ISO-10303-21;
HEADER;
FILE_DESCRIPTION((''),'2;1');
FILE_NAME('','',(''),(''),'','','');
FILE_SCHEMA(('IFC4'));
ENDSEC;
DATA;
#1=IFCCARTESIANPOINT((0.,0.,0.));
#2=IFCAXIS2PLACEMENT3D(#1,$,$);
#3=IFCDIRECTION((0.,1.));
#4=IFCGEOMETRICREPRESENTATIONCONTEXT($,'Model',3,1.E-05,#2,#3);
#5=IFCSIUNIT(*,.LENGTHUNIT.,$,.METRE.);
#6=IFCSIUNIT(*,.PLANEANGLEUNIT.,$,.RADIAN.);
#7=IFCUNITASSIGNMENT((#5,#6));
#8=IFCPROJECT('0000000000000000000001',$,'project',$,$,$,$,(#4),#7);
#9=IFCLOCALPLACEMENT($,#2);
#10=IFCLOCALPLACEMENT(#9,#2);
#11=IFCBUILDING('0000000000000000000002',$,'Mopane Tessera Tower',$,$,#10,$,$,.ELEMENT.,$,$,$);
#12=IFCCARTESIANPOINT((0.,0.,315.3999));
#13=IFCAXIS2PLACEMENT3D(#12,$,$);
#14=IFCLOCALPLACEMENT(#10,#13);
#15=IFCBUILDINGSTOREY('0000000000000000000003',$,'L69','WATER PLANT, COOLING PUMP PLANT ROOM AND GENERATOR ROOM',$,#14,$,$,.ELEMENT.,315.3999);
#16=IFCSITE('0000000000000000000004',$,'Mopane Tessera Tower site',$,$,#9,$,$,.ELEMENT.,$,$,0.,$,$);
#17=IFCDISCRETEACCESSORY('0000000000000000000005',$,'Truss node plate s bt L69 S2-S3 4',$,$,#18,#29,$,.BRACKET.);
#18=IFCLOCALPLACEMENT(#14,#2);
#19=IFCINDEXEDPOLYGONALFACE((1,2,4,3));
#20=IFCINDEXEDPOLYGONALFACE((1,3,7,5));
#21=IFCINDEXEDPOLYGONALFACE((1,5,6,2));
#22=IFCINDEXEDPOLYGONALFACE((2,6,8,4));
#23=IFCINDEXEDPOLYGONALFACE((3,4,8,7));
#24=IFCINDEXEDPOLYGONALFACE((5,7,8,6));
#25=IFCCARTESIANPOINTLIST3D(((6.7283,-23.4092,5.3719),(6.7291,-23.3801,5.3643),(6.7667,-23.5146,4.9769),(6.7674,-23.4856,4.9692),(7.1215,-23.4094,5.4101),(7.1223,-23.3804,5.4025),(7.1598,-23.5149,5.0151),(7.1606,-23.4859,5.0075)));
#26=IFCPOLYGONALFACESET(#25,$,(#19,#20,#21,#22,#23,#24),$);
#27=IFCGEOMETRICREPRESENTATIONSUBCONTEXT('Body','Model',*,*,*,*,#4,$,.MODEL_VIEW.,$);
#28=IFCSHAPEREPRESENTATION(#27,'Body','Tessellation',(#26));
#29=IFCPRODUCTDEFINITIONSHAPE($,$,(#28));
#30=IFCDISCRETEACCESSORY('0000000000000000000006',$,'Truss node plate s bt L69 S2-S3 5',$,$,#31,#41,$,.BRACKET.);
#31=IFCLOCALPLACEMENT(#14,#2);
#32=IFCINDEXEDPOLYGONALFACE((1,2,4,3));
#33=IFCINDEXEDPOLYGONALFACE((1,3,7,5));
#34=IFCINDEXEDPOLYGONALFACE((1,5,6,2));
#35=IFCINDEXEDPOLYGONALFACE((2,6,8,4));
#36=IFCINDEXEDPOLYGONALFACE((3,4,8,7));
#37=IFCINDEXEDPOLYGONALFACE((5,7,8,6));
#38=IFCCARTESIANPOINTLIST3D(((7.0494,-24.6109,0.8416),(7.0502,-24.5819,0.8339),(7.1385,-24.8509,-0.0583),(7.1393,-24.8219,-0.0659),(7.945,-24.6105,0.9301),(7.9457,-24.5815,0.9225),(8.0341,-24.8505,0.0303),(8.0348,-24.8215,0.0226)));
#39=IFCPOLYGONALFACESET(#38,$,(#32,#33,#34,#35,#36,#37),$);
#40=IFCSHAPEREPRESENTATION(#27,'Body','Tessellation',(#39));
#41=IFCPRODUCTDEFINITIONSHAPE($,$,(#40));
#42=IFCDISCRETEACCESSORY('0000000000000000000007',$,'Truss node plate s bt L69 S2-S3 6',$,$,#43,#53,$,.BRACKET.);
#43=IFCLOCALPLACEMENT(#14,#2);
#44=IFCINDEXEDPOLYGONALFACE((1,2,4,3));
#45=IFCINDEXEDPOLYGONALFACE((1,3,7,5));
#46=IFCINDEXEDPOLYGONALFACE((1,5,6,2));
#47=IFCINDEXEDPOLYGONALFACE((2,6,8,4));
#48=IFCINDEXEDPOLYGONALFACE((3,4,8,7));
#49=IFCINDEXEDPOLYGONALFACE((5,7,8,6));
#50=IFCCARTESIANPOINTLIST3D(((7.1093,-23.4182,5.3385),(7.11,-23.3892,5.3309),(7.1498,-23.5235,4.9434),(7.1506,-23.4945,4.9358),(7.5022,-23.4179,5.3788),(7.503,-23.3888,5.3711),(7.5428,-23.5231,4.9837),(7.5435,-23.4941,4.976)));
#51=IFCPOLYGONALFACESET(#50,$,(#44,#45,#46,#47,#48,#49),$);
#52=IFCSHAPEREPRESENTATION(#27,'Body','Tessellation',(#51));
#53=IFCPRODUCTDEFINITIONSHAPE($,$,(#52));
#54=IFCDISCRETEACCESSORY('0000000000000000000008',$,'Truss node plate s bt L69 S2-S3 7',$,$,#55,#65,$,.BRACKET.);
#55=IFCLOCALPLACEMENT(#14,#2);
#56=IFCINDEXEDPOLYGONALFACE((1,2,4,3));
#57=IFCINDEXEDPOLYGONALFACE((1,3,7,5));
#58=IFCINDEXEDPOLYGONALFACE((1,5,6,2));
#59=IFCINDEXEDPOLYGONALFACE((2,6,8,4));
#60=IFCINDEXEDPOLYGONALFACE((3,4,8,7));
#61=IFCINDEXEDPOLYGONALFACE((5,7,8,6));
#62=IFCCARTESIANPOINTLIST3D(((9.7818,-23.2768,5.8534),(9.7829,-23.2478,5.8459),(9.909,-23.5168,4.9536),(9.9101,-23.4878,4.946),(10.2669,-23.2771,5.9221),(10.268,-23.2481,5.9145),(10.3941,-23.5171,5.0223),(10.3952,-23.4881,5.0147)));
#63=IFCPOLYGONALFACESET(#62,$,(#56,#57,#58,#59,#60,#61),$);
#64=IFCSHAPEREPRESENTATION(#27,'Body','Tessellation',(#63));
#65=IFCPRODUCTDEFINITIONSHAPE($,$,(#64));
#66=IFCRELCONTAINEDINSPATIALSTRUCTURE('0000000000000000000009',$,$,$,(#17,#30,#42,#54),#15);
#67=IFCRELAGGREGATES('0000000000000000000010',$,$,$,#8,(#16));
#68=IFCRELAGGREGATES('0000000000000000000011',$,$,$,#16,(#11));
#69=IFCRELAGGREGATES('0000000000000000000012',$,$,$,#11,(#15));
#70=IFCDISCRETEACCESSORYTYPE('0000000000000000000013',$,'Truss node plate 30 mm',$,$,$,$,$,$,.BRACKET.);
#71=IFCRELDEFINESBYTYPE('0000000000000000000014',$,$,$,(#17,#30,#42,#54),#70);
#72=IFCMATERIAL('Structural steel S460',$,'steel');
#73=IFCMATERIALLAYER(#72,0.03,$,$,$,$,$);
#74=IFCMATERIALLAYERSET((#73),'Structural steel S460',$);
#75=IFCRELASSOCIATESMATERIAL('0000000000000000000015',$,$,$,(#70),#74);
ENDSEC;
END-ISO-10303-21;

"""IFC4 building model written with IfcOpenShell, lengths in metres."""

from ifc_helpers import new_model, si_unit, direction, frame, origin, origin_2d, place, context, subcontext, project, spatial, rectangle, extrude, material, layer, layer_set, type_object, element, save


model = new_model("IFC4")

# Units and contexts
model_context = context("Model", 3, precision=1e-05, world=origin(), true_north=direction((0.0, 1.0)))
body_context = subcontext(model_context, "Body", "Model", "MODEL_VIEW")
ifc_project = project(units=[si_unit("LENGTHUNIT", "METRE"), si_unit("PLANEANGLEUNIT", "RADIAN")], contexts=[model_context])

# Site, building, storey
site_placement = place(None, origin())
site = spatial("IfcSite", under=ifc_project, at=site_placement, Name="Mopane Tessera Tower site", CompositionType="ELEMENT", RefElevation=0.0)
building_placement = place(site_placement, origin())
building = spatial("IfcBuilding", under=site, at=building_placement, Name="Mopane Tessera Tower", CompositionType="ELEMENT")
storey_placement = place(building_placement, frame((0.0, 0.0, 315.3999)))
storey = spatial("IfcBuildingStorey", under=building, at=storey_placement, Name="L69", Description="WATER PLANT, COOLING PUMP PLANT ROOM AND GENERATOR ROOM", CompositionType="ELEMENT", Elevation=315.3999)

# Discrete accessories
ifc_material_1 = material(Name="Structural steel S460", Category="steel")
ifc_layer_1 = layer(ifc_material_1, 0.03)
ifc_layer_set_1 = layer_set([ifc_layer_1], Name="Structural steel S460")
discrete_accessory_type_1 = type_object("IfcDiscreteAccessoryType", Name="Truss node plate 30 mm", PredefinedType="BRACKET", material=ifc_layer_set_1)
discrete_accessory_1_placement = place(storey_placement, frame((6.9636, -23.5002, 4.9922), z_axis=(-0.09334, 0.256834, 0.961938), x_axis=(0.025441, 0.966455, -0.255571)))
element("IfcDiscreteAccessory", 1, at=discrete_accessory_1_placement, inside=storey, type_object=discrete_accessory_type_1, Name="Truss node plate s bt L69 S2-S3 4", PredefinedType="BRACKET", context=body_context, shape_type="SweptSolid", body=[
    extrude(rectangle(XDim=0.03, YDim=0.395, at=origin_2d()), origin(), (0.0, 0.0, 1.0), 0.4106),
])
discrete_accessory_2_placement = place(storey_placement, frame((7.5867, -24.8362, -0.0178), z_axis=(-0.095244, 0.256508, 0.961838), x_axis=(0.024831, 0.966542, -0.255303)))
element("IfcDiscreteAccessory", 2, at=discrete_accessory_2_placement, inside=storey, type_object=discrete_accessory_type_1, Name="Truss node plate s bt L69 S2-S3 5", PredefinedType="BRACKET", context=body_context, shape_type="SweptSolid", body=[
    extrude(rectangle(XDim=0.03, YDim=0.8999, at=origin_2d()), origin(), (0.0, 0.0, 1.0), 0.9355),
])
discrete_accessory_3_placement = place(storey_placement, frame((7.3467, -23.5088, 4.9597), z_axis=(-0.098655, 0.256147, 0.96159), x_axis=(0.025143, 0.966637, -0.254912)))
element("IfcDiscreteAccessory", 3, at=discrete_accessory_3_placement, inside=storey, type_object=discrete_accessory_type_1, Name="Truss node plate s bt L69 S2-S3 6", PredefinedType="BRACKET", context=body_context, shape_type="SweptSolid", body=[
    extrude(rectangle(XDim=0.03, YDim=0.395, at=origin_2d()), origin(), (0.0, 0.0, 1.0), 0.4109),
])
discrete_accessory_4_placement = place(storey_placement, frame((10.1521, -23.5024, 4.9841), z_axis=(-0.135316, 0.255309, 0.957344), x_axis=(0.036396, 0.966859, -0.252702)))
element("IfcDiscreteAccessory", 4, at=discrete_accessory_4_placement, inside=storey, type_object=discrete_accessory_type_1, Name="Truss node plate s bt L69 S2-S3 7", PredefinedType="BRACKET", context=body_context, shape_type="SweptSolid", body=[
    extrude(rectangle(XDim=0.03, YDim=0.49, at=origin_2d()), origin(), (0.0, 0.0, 1.0), 0.9399),
])

save(model, "model.ifc")
